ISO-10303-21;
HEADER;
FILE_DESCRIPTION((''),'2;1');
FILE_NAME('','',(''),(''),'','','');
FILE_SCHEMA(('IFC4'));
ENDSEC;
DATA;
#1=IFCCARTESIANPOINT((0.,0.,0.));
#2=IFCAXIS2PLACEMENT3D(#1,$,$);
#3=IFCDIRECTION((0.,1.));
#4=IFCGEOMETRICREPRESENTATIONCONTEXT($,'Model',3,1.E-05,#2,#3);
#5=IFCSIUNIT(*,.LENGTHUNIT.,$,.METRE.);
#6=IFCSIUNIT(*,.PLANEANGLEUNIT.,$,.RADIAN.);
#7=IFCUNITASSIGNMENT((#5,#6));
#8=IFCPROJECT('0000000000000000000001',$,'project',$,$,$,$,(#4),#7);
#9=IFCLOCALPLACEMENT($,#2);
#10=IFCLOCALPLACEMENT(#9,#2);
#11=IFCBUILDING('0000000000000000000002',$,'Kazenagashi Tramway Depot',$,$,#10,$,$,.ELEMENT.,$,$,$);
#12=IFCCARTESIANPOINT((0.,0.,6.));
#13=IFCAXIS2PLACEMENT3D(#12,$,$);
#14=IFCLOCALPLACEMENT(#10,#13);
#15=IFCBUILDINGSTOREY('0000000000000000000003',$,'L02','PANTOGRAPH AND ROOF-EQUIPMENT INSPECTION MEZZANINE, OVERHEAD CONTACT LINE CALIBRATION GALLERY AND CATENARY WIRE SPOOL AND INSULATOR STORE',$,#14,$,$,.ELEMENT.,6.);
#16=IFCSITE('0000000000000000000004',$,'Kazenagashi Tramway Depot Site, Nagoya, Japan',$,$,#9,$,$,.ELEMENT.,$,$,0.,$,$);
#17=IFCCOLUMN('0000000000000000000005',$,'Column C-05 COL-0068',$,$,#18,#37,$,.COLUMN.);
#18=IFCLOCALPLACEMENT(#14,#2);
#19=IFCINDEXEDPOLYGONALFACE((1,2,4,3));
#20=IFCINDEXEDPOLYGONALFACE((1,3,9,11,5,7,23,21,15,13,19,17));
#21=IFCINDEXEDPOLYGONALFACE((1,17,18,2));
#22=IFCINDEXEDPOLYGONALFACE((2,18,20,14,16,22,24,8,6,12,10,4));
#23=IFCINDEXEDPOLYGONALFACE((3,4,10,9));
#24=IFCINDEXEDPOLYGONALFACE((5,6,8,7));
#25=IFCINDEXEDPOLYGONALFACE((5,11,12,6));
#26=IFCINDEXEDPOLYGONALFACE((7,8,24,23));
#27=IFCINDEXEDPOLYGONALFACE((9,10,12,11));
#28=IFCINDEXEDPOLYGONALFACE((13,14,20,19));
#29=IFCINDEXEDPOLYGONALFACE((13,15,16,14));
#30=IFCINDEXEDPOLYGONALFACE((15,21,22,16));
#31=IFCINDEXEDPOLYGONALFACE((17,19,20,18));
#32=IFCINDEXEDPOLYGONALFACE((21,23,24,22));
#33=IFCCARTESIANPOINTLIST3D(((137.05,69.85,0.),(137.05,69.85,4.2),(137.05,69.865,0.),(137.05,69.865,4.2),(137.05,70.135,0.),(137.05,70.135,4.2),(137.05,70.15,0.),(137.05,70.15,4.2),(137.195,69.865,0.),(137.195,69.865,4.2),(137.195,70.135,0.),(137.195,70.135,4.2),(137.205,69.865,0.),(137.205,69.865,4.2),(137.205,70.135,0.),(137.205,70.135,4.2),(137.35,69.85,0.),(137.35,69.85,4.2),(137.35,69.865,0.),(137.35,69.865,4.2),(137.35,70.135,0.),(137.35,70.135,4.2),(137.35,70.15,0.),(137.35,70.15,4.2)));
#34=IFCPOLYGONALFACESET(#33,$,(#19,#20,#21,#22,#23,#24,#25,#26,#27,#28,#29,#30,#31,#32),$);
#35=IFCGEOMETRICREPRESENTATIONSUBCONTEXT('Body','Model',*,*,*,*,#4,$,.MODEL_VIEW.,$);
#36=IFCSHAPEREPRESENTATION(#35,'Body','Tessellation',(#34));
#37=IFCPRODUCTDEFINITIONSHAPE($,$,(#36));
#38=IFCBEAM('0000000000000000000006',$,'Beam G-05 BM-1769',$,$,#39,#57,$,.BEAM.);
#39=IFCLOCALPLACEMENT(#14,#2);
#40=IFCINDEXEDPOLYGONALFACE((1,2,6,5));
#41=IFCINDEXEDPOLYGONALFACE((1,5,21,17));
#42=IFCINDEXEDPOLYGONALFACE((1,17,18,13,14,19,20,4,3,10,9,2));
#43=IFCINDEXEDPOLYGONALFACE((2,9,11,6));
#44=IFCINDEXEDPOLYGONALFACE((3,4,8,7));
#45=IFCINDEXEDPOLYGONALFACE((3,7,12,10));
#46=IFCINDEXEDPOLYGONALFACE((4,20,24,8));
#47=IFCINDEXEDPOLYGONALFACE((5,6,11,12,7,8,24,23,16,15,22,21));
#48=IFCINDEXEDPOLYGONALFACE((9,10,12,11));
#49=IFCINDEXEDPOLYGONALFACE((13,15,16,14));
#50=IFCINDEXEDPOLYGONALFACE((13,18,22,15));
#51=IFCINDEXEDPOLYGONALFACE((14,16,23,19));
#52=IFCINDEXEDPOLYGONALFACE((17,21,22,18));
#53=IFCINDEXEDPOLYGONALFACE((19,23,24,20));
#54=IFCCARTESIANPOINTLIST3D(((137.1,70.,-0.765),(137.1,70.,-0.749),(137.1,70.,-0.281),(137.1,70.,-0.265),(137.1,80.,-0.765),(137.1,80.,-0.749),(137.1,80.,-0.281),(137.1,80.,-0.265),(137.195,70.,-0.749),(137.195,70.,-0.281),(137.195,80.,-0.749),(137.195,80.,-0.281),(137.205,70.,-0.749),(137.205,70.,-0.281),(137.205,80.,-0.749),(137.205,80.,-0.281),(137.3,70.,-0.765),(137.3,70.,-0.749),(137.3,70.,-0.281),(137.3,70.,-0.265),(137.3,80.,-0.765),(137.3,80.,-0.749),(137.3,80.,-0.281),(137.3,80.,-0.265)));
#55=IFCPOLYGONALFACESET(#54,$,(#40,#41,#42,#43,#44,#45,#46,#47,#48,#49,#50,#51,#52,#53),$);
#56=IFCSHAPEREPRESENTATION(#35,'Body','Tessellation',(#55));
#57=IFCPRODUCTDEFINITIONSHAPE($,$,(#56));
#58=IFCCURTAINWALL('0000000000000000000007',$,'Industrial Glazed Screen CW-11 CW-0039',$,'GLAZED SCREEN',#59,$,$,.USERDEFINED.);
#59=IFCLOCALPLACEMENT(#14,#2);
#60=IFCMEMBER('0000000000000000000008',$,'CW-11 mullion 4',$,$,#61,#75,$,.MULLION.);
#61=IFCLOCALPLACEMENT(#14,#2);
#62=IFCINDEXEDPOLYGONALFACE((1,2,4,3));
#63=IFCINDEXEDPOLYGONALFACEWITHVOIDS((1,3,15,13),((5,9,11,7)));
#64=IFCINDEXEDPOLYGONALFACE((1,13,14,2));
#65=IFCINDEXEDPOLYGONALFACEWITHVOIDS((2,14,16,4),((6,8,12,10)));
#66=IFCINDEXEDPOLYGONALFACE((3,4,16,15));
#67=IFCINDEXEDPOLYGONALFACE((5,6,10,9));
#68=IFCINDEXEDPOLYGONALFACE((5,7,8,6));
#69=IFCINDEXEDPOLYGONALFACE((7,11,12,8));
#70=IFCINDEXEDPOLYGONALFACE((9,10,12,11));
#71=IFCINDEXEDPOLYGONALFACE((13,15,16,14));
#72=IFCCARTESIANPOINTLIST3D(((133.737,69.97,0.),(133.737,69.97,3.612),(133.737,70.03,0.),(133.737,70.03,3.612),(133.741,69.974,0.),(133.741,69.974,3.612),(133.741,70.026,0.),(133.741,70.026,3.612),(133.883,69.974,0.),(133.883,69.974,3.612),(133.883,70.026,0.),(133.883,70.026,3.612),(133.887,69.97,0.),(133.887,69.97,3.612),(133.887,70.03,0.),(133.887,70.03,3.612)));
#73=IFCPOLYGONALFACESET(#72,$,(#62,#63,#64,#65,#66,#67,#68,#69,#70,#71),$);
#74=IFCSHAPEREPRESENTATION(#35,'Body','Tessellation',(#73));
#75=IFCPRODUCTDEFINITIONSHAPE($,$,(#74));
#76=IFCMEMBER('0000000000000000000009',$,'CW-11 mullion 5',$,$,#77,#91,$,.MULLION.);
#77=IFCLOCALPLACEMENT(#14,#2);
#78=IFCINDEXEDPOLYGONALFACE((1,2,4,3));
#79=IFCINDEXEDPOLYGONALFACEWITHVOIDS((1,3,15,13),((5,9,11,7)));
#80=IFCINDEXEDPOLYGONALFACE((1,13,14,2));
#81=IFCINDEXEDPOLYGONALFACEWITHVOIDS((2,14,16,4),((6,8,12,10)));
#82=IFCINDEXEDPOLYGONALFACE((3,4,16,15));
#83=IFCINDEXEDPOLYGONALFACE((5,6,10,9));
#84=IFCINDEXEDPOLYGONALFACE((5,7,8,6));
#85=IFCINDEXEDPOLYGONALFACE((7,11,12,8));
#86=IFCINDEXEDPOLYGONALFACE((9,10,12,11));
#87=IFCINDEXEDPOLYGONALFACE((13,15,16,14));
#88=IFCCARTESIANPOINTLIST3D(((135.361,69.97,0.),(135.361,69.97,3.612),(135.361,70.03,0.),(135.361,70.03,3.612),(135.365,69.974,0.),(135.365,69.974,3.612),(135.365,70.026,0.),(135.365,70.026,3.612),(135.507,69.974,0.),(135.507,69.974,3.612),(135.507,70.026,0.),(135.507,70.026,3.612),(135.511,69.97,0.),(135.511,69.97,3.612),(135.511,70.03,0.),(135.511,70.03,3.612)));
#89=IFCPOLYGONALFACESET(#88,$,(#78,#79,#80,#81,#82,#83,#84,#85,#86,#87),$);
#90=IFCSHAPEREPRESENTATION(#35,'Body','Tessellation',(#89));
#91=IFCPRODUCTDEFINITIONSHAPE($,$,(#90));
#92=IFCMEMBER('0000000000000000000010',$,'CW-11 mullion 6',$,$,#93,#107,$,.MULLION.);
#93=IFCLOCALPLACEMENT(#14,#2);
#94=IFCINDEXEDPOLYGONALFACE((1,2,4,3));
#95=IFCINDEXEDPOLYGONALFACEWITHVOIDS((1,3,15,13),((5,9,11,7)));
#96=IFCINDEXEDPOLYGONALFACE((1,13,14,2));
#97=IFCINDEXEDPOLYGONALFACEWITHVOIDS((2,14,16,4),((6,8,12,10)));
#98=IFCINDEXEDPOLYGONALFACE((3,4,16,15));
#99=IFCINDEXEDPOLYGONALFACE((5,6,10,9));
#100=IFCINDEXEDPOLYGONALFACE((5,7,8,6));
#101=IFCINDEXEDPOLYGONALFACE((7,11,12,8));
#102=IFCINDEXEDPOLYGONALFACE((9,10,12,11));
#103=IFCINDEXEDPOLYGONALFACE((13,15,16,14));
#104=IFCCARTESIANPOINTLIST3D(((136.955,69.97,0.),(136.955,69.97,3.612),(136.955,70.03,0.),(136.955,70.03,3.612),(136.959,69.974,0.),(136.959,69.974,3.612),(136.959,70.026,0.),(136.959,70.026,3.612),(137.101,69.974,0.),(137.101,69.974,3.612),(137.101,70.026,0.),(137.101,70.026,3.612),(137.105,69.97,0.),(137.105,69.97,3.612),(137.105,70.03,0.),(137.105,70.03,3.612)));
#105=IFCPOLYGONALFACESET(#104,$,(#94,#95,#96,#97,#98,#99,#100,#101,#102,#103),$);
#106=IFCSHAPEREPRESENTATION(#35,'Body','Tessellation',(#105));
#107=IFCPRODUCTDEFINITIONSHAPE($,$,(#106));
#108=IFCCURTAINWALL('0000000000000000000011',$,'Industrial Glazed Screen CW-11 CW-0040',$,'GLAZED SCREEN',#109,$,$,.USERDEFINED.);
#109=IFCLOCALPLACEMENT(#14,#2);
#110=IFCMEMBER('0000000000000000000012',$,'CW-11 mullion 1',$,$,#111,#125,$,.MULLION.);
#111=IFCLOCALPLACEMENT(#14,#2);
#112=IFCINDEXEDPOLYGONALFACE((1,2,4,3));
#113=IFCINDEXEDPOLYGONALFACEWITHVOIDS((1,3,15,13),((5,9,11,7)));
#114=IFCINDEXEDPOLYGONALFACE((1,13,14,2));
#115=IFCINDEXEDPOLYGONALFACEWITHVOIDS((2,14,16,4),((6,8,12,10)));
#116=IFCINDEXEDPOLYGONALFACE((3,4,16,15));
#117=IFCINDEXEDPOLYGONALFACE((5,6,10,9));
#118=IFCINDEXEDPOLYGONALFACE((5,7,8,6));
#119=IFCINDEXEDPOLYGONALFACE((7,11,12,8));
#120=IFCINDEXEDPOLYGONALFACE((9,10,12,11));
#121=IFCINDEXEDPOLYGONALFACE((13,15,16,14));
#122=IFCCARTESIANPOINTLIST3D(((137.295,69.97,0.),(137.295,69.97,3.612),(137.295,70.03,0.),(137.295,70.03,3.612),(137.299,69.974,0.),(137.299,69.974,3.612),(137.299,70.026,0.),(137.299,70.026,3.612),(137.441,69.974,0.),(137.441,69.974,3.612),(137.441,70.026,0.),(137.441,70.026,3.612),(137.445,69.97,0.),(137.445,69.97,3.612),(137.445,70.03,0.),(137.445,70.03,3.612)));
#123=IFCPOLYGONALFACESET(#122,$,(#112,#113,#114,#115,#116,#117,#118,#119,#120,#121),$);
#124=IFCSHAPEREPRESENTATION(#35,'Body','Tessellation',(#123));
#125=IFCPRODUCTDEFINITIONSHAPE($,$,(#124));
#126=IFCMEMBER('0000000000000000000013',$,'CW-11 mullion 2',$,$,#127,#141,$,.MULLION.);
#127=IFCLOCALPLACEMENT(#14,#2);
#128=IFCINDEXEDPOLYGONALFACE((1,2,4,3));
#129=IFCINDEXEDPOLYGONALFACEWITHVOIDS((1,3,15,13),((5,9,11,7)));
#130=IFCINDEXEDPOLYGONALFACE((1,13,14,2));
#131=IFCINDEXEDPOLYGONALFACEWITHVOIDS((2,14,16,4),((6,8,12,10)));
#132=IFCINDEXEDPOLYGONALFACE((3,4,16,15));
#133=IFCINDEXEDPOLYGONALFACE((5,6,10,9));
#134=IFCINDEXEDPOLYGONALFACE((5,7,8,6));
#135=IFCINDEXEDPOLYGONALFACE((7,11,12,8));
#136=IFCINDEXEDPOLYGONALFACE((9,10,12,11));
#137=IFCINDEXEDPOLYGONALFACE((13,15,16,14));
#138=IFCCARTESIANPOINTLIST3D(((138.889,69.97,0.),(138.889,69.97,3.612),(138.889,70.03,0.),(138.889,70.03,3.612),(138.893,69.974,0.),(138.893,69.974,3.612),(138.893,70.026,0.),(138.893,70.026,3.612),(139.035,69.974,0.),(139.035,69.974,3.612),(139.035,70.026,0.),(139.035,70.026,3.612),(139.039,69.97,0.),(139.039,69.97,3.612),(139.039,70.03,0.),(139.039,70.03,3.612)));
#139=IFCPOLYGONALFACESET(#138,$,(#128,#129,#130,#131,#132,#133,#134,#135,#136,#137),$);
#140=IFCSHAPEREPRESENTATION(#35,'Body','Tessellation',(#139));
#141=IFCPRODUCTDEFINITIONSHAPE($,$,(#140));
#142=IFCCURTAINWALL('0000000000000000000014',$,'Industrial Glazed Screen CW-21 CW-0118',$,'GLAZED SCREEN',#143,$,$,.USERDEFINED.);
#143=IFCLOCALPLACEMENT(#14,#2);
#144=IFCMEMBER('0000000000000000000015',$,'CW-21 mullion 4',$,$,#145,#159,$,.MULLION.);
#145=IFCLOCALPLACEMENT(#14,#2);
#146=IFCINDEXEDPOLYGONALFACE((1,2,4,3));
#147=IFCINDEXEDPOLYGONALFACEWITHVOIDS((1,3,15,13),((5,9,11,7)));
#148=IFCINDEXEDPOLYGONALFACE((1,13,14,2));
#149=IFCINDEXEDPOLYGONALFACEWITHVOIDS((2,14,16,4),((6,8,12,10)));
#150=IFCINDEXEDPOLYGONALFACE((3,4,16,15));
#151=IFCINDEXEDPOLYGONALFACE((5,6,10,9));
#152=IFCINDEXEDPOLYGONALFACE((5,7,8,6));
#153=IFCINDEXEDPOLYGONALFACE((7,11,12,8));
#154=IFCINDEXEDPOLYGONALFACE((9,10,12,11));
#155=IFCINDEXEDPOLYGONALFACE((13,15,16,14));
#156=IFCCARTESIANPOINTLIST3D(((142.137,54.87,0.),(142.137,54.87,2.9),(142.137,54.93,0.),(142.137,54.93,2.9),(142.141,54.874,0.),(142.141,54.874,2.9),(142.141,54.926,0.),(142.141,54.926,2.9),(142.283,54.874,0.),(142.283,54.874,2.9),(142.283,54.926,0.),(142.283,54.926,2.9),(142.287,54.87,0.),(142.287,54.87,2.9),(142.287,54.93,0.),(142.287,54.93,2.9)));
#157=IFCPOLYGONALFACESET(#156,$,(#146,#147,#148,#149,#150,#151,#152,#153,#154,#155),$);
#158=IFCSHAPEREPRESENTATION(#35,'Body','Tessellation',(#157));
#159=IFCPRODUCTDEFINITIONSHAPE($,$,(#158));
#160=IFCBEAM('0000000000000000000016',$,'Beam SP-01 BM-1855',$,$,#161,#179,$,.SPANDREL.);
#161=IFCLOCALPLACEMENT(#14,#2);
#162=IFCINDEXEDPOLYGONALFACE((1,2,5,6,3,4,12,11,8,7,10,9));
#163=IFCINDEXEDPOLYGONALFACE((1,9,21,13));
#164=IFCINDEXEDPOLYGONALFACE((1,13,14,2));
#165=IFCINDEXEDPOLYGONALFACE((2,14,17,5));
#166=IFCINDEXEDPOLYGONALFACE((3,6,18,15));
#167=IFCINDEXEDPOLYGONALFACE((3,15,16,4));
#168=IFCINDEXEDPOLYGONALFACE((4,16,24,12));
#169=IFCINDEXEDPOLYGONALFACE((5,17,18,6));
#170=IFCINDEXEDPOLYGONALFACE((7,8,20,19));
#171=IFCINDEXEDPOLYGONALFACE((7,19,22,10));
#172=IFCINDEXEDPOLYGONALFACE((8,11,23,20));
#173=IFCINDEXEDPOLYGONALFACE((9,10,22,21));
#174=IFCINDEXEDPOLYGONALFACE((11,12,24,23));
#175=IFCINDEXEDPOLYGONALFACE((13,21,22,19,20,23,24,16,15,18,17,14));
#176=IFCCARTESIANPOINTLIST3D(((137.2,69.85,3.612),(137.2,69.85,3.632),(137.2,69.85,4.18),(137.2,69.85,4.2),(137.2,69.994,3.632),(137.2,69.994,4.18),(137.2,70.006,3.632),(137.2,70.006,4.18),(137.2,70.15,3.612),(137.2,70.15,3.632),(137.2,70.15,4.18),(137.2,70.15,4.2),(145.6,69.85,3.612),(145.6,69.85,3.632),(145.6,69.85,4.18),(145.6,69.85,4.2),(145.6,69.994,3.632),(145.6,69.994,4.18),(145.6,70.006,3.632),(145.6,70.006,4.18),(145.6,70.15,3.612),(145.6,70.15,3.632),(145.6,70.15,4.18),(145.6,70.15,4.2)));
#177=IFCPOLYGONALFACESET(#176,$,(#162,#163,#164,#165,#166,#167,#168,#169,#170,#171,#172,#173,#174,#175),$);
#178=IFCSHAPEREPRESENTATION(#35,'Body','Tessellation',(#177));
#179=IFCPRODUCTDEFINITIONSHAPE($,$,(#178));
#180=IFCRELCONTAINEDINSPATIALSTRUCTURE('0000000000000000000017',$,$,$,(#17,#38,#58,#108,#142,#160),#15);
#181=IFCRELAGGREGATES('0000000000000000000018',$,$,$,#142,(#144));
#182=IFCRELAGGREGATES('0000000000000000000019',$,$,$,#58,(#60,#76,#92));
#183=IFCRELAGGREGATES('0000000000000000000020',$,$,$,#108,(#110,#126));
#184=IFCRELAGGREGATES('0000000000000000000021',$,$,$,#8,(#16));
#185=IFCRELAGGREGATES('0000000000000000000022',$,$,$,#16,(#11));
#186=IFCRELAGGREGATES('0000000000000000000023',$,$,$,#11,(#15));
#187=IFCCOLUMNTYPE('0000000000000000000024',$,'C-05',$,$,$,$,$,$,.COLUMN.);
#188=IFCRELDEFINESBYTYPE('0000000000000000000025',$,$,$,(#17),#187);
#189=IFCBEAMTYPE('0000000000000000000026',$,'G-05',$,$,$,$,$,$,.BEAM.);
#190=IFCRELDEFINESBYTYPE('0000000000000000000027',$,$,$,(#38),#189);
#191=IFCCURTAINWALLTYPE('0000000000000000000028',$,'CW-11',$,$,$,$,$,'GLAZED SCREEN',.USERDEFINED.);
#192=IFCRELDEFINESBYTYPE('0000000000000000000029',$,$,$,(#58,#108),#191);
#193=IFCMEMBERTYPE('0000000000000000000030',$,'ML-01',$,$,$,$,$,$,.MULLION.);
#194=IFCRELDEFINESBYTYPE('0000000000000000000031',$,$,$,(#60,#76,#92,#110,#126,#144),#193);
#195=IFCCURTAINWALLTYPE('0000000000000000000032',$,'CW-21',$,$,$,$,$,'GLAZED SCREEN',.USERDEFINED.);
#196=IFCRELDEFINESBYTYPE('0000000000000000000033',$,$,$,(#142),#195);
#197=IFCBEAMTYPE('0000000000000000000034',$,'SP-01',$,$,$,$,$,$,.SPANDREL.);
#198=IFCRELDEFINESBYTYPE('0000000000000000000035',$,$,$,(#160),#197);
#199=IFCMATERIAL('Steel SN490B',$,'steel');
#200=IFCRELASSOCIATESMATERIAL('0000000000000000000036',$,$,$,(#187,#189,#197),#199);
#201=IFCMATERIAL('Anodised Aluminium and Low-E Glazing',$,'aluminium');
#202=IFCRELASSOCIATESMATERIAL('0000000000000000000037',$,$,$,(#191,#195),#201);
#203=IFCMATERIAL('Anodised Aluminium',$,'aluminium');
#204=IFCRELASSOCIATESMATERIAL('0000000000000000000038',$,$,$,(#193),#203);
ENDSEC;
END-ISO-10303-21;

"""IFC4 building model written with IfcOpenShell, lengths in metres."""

from ifc_helpers import new_model, si_unit, direction, frame, origin, origin_2d, place, context, subcontext, project, spatial, hollow_rectangle, i_section, extrude, material, material_profile, profile_set, type_object, element, aggregate, save


model = new_model("IFC4")

# Units and contexts
model_context = context("Model", 3, precision=1e-05, world=origin(), true_north=direction((0.0, 1.0)))
body_context = subcontext(model_context, "Body", "Model", "MODEL_VIEW")
ifc_project = project(units=[si_unit("LENGTHUNIT", "METRE"), si_unit("PLANEANGLEUNIT", "RADIAN")], contexts=[model_context])

# Site, building, storey
site_placement = place(None, origin())
site = spatial("IfcSite", under=ifc_project, at=site_placement, Name="Kazenagashi Tramway Depot Site, Nagoya, Japan", CompositionType="ELEMENT", RefElevation=0.0)
building_placement = place(site_placement, origin())
building = spatial("IfcBuilding", under=site, at=building_placement, Name="Kazenagashi Tramway Depot", CompositionType="ELEMENT")
storey_placement = place(building_placement, frame((0.0, 0.0, 6.0)))
storey = spatial("IfcBuildingStorey", under=building, at=storey_placement, Name="L02", Description="PANTOGRAPH AND ROOF-EQUIPMENT INSPECTION MEZZANINE, OVERHEAD CONTACT LINE CALIBRATION GALLERY AND CATENARY WIRE SPOOL AND INSULATOR STORE", CompositionType="ELEMENT", Elevation=6.0)

# Column
ifc_material_1 = material(Name="Steel SN490B", Category="steel")
ifc_material_profile_1 = material_profile(ifc_material_1, i_section(OverallWidth=0.3, OverallDepth=0.3, WebThickness=0.01, FlangeThickness=0.015, at=origin_2d()), Name="H-300x300x10x15")
ifc_profile_set_1 = profile_set([ifc_material_profile_1], Name="Steel SN490B")
column_type = type_object("IfcColumnType", Name="C-05", PredefinedType="COLUMN", material=ifc_profile_set_1)
column_placement = place(storey_placement, frame((137.2, 70.0, 0.0), z_axis=(0.0, 0.0, 1.0), x_axis=(1.0, 0.0, 0.0)))
element("IfcColumn", 1, at=column_placement, inside=storey, type_object=column_type, Name="Column C-05 COL-0068", PredefinedType="COLUMN", context=body_context, shape_type="SweptSolid", body=[
    extrude(i_section(OverallWidth=0.3, OverallDepth=0.3, WebThickness=0.01, FlangeThickness=0.015, at=origin_2d()), origin(), (0.0, 0.0, 1.0), 4.2),
])

# Beam
ifc_material_profile_2 = material_profile(ifc_material_1, i_section(OverallWidth=0.2, OverallDepth=0.5, WebThickness=0.01, FlangeThickness=0.016, at=origin_2d()), Name="H-500x200x10x16")
ifc_profile_set_2 = profile_set([ifc_material_profile_2], Name="Steel SN490B")
beam_type_1 = type_object("IfcBeamType", Name="G-05", PredefinedType="BEAM", material=ifc_profile_set_2)
beam_1_placement = place(storey_placement, frame((137.2, 70.0, -0.515), z_axis=(0.0, 1.0, 0.0), x_axis=(-1.0, 0.0, 0.0)))
element("IfcBeam", 2, at=beam_1_placement, inside=storey, type_object=beam_type_1, Name="Beam G-05 BM-1769", PredefinedType="BEAM", context=body_context, shape_type="SweptSolid", body=[
    extrude(i_section(OverallWidth=0.2, OverallDepth=0.5, WebThickness=0.01, FlangeThickness=0.016, at=origin_2d()), origin(), (0.0, 0.0, 1.0), 10.0),
])

# Curtain walls, members
ifc_material_2 = material(Name="Anodised Aluminium and Low-E Glazing", Category="aluminium")
curtain_wall_type_1 = type_object("IfcCurtainWallType", Name="CW-11", ElementType="GLAZED SCREEN", PredefinedType="USERDEFINED", material=ifc_material_2)
curtain_wall_1_placement = place(storey_placement, origin())
curtain_wall_1 = element("IfcCurtainWall", 3, at=curtain_wall_1_placement, inside=storey, type_object=curtain_wall_type_1, Name="Industrial Glazed Screen CW-11 CW-0039", ObjectType="GLAZED SCREEN", PredefinedType="USERDEFINED")
ifc_material_3 = material(Name="Anodised Aluminium", Category="aluminium")
ifc_material_profile_3 = material_profile(ifc_material_3, hollow_rectangle(XDim=0.06, YDim=0.15, WallThickness=0.004, at=origin_2d()), Name="RHS-150x60x4")
ifc_profile_set_3 = profile_set([ifc_material_profile_3], Name="Anodised Aluminium")
member_type_1 = type_object("IfcMemberType", Name="ML-01", PredefinedType="MULLION", material=ifc_profile_set_3)
member_1_placement = place(storey_placement, frame((133.812, 70.0, 0.0), z_axis=(0.0, 0.0, 1.0), x_axis=(0.0, 1.0, 0.0)))
member_1 = element("IfcMember", 4, at=member_1_placement, type_object=member_type_1, Name="CW-11 mullion 4", PredefinedType="MULLION", context=body_context, shape_type="SweptSolid", body=[
    extrude(hollow_rectangle(XDim=0.06, YDim=0.15, WallThickness=0.004, at=origin_2d()), origin(), (0.0, 0.0, 1.0), 3.612),
])
member_2_placement = place(storey_placement, frame((135.436, 70.0, 0.0), z_axis=(0.0, 0.0, 1.0), x_axis=(0.0, 1.0, 0.0)))
member_2 = element("IfcMember", 5, at=member_2_placement, type_object=member_type_1, Name="CW-11 mullion 5", PredefinedType="MULLION", context=body_context, shape_type="SweptSolid", body=[
    extrude(hollow_rectangle(XDim=0.06, YDim=0.15, WallThickness=0.004, at=origin_2d()), origin(), (0.0, 0.0, 1.0), 3.612),
])
member_3_placement = place(storey_placement, frame((137.03, 70.0, 0.0), z_axis=(0.0, 0.0, 1.0), x_axis=(0.0, 1.0, 0.0)))
member_3 = element("IfcMember", 6, at=member_3_placement, type_object=member_type_1, Name="CW-11 mullion 6", PredefinedType="MULLION", context=body_context, shape_type="SweptSolid", body=[
    extrude(hollow_rectangle(XDim=0.06, YDim=0.15, WallThickness=0.004, at=origin_2d()), origin(), (0.0, 0.0, 1.0), 3.612),
])
curtain_wall_2_placement = place(storey_placement, origin())
curtain_wall_2 = element("IfcCurtainWall", 7, at=curtain_wall_2_placement, inside=storey, type_object=curtain_wall_type_1, Name="Industrial Glazed Screen CW-11 CW-0040", ObjectType="GLAZED SCREEN", PredefinedType="USERDEFINED")
member_4_placement = place(storey_placement, frame((137.37, 70.0, 0.0), z_axis=(0.0, 0.0, 1.0), x_axis=(0.0, 1.0, 0.0)))
member_4 = element("IfcMember", 8, at=member_4_placement, type_object=member_type_1, Name="CW-11 mullion 1", PredefinedType="MULLION", context=body_context, shape_type="SweptSolid", body=[
    extrude(hollow_rectangle(XDim=0.06, YDim=0.15, WallThickness=0.004, at=origin_2d()), origin(), (0.0, 0.0, 1.0), 3.612),
])
member_5_placement = place(storey_placement, frame((138.964, 70.0, 0.0), z_axis=(0.0, 0.0, 1.0), x_axis=(0.0, 1.0, 0.0)))
member_5 = element("IfcMember", 9, at=member_5_placement, type_object=member_type_1, Name="CW-11 mullion 2", PredefinedType="MULLION", context=body_context, shape_type="SweptSolid", body=[
    extrude(hollow_rectangle(XDim=0.06, YDim=0.15, WallThickness=0.004, at=origin_2d()), origin(), (0.0, 0.0, 1.0), 3.612),
])

# Curtain wall, member
curtain_wall_type_2 = type_object("IfcCurtainWallType", Name="CW-21", ElementType="GLAZED SCREEN", PredefinedType="USERDEFINED", material=ifc_material_2)
curtain_wall_3_placement = place(storey_placement, origin())
curtain_wall_3 = element("IfcCurtainWall", 10, at=curtain_wall_3_placement, inside=storey, type_object=curtain_wall_type_2, Name="Industrial Glazed Screen CW-21 CW-0118", ObjectType="GLAZED SCREEN", PredefinedType="USERDEFINED")
member_6_placement = place(storey_placement, frame((142.212, 54.9, 0.0), z_axis=(0.0, 0.0, 1.0), x_axis=(0.0, 1.0, 0.0)))
member_6 = element("IfcMember", 11, at=member_6_placement, type_object=member_type_1, Name="CW-21 mullion 4", PredefinedType="MULLION", context=body_context, shape_type="SweptSolid", body=[
    extrude(hollow_rectangle(XDim=0.06, YDim=0.15, WallThickness=0.004, at=origin_2d()), origin(), (0.0, 0.0, 1.0), 2.9),
])

# Beam
ifc_material_profile_4 = material_profile(ifc_material_1, i_section(OverallWidth=0.3, OverallDepth=0.588, WebThickness=0.012, FlangeThickness=0.02, at=origin_2d()), Name="H-588x300x12x20")
ifc_profile_set_4 = profile_set([ifc_material_profile_4], Name="Steel SN490B")
beam_type_2 = type_object("IfcBeamType", Name="SP-01", PredefinedType="SPANDREL", material=ifc_profile_set_4)
beam_2_placement = place(storey_placement, frame((137.2, 70.0, 3.906), z_axis=(1.0, 0.0, 0.0), x_axis=(0.0, 1.0, 0.0)))
element("IfcBeam", 12, at=beam_2_placement, inside=storey, type_object=beam_type_2, Name="Beam SP-01 BM-1855", PredefinedType="SPANDREL", context=body_context, shape_type="SweptSolid", body=[
    extrude(i_section(OverallWidth=0.3, OverallDepth=0.588, WebThickness=0.012, FlangeThickness=0.02, at=origin_2d()), origin(), (0.0, 0.0, 1.0), 8.4),
])

aggregate(curtain_wall_3, [member_6])
aggregate(curtain_wall_1, [member_1, member_2, member_3])
aggregate(curtain_wall_2, [member_4, member_5])

save(model, "model.ifc")
